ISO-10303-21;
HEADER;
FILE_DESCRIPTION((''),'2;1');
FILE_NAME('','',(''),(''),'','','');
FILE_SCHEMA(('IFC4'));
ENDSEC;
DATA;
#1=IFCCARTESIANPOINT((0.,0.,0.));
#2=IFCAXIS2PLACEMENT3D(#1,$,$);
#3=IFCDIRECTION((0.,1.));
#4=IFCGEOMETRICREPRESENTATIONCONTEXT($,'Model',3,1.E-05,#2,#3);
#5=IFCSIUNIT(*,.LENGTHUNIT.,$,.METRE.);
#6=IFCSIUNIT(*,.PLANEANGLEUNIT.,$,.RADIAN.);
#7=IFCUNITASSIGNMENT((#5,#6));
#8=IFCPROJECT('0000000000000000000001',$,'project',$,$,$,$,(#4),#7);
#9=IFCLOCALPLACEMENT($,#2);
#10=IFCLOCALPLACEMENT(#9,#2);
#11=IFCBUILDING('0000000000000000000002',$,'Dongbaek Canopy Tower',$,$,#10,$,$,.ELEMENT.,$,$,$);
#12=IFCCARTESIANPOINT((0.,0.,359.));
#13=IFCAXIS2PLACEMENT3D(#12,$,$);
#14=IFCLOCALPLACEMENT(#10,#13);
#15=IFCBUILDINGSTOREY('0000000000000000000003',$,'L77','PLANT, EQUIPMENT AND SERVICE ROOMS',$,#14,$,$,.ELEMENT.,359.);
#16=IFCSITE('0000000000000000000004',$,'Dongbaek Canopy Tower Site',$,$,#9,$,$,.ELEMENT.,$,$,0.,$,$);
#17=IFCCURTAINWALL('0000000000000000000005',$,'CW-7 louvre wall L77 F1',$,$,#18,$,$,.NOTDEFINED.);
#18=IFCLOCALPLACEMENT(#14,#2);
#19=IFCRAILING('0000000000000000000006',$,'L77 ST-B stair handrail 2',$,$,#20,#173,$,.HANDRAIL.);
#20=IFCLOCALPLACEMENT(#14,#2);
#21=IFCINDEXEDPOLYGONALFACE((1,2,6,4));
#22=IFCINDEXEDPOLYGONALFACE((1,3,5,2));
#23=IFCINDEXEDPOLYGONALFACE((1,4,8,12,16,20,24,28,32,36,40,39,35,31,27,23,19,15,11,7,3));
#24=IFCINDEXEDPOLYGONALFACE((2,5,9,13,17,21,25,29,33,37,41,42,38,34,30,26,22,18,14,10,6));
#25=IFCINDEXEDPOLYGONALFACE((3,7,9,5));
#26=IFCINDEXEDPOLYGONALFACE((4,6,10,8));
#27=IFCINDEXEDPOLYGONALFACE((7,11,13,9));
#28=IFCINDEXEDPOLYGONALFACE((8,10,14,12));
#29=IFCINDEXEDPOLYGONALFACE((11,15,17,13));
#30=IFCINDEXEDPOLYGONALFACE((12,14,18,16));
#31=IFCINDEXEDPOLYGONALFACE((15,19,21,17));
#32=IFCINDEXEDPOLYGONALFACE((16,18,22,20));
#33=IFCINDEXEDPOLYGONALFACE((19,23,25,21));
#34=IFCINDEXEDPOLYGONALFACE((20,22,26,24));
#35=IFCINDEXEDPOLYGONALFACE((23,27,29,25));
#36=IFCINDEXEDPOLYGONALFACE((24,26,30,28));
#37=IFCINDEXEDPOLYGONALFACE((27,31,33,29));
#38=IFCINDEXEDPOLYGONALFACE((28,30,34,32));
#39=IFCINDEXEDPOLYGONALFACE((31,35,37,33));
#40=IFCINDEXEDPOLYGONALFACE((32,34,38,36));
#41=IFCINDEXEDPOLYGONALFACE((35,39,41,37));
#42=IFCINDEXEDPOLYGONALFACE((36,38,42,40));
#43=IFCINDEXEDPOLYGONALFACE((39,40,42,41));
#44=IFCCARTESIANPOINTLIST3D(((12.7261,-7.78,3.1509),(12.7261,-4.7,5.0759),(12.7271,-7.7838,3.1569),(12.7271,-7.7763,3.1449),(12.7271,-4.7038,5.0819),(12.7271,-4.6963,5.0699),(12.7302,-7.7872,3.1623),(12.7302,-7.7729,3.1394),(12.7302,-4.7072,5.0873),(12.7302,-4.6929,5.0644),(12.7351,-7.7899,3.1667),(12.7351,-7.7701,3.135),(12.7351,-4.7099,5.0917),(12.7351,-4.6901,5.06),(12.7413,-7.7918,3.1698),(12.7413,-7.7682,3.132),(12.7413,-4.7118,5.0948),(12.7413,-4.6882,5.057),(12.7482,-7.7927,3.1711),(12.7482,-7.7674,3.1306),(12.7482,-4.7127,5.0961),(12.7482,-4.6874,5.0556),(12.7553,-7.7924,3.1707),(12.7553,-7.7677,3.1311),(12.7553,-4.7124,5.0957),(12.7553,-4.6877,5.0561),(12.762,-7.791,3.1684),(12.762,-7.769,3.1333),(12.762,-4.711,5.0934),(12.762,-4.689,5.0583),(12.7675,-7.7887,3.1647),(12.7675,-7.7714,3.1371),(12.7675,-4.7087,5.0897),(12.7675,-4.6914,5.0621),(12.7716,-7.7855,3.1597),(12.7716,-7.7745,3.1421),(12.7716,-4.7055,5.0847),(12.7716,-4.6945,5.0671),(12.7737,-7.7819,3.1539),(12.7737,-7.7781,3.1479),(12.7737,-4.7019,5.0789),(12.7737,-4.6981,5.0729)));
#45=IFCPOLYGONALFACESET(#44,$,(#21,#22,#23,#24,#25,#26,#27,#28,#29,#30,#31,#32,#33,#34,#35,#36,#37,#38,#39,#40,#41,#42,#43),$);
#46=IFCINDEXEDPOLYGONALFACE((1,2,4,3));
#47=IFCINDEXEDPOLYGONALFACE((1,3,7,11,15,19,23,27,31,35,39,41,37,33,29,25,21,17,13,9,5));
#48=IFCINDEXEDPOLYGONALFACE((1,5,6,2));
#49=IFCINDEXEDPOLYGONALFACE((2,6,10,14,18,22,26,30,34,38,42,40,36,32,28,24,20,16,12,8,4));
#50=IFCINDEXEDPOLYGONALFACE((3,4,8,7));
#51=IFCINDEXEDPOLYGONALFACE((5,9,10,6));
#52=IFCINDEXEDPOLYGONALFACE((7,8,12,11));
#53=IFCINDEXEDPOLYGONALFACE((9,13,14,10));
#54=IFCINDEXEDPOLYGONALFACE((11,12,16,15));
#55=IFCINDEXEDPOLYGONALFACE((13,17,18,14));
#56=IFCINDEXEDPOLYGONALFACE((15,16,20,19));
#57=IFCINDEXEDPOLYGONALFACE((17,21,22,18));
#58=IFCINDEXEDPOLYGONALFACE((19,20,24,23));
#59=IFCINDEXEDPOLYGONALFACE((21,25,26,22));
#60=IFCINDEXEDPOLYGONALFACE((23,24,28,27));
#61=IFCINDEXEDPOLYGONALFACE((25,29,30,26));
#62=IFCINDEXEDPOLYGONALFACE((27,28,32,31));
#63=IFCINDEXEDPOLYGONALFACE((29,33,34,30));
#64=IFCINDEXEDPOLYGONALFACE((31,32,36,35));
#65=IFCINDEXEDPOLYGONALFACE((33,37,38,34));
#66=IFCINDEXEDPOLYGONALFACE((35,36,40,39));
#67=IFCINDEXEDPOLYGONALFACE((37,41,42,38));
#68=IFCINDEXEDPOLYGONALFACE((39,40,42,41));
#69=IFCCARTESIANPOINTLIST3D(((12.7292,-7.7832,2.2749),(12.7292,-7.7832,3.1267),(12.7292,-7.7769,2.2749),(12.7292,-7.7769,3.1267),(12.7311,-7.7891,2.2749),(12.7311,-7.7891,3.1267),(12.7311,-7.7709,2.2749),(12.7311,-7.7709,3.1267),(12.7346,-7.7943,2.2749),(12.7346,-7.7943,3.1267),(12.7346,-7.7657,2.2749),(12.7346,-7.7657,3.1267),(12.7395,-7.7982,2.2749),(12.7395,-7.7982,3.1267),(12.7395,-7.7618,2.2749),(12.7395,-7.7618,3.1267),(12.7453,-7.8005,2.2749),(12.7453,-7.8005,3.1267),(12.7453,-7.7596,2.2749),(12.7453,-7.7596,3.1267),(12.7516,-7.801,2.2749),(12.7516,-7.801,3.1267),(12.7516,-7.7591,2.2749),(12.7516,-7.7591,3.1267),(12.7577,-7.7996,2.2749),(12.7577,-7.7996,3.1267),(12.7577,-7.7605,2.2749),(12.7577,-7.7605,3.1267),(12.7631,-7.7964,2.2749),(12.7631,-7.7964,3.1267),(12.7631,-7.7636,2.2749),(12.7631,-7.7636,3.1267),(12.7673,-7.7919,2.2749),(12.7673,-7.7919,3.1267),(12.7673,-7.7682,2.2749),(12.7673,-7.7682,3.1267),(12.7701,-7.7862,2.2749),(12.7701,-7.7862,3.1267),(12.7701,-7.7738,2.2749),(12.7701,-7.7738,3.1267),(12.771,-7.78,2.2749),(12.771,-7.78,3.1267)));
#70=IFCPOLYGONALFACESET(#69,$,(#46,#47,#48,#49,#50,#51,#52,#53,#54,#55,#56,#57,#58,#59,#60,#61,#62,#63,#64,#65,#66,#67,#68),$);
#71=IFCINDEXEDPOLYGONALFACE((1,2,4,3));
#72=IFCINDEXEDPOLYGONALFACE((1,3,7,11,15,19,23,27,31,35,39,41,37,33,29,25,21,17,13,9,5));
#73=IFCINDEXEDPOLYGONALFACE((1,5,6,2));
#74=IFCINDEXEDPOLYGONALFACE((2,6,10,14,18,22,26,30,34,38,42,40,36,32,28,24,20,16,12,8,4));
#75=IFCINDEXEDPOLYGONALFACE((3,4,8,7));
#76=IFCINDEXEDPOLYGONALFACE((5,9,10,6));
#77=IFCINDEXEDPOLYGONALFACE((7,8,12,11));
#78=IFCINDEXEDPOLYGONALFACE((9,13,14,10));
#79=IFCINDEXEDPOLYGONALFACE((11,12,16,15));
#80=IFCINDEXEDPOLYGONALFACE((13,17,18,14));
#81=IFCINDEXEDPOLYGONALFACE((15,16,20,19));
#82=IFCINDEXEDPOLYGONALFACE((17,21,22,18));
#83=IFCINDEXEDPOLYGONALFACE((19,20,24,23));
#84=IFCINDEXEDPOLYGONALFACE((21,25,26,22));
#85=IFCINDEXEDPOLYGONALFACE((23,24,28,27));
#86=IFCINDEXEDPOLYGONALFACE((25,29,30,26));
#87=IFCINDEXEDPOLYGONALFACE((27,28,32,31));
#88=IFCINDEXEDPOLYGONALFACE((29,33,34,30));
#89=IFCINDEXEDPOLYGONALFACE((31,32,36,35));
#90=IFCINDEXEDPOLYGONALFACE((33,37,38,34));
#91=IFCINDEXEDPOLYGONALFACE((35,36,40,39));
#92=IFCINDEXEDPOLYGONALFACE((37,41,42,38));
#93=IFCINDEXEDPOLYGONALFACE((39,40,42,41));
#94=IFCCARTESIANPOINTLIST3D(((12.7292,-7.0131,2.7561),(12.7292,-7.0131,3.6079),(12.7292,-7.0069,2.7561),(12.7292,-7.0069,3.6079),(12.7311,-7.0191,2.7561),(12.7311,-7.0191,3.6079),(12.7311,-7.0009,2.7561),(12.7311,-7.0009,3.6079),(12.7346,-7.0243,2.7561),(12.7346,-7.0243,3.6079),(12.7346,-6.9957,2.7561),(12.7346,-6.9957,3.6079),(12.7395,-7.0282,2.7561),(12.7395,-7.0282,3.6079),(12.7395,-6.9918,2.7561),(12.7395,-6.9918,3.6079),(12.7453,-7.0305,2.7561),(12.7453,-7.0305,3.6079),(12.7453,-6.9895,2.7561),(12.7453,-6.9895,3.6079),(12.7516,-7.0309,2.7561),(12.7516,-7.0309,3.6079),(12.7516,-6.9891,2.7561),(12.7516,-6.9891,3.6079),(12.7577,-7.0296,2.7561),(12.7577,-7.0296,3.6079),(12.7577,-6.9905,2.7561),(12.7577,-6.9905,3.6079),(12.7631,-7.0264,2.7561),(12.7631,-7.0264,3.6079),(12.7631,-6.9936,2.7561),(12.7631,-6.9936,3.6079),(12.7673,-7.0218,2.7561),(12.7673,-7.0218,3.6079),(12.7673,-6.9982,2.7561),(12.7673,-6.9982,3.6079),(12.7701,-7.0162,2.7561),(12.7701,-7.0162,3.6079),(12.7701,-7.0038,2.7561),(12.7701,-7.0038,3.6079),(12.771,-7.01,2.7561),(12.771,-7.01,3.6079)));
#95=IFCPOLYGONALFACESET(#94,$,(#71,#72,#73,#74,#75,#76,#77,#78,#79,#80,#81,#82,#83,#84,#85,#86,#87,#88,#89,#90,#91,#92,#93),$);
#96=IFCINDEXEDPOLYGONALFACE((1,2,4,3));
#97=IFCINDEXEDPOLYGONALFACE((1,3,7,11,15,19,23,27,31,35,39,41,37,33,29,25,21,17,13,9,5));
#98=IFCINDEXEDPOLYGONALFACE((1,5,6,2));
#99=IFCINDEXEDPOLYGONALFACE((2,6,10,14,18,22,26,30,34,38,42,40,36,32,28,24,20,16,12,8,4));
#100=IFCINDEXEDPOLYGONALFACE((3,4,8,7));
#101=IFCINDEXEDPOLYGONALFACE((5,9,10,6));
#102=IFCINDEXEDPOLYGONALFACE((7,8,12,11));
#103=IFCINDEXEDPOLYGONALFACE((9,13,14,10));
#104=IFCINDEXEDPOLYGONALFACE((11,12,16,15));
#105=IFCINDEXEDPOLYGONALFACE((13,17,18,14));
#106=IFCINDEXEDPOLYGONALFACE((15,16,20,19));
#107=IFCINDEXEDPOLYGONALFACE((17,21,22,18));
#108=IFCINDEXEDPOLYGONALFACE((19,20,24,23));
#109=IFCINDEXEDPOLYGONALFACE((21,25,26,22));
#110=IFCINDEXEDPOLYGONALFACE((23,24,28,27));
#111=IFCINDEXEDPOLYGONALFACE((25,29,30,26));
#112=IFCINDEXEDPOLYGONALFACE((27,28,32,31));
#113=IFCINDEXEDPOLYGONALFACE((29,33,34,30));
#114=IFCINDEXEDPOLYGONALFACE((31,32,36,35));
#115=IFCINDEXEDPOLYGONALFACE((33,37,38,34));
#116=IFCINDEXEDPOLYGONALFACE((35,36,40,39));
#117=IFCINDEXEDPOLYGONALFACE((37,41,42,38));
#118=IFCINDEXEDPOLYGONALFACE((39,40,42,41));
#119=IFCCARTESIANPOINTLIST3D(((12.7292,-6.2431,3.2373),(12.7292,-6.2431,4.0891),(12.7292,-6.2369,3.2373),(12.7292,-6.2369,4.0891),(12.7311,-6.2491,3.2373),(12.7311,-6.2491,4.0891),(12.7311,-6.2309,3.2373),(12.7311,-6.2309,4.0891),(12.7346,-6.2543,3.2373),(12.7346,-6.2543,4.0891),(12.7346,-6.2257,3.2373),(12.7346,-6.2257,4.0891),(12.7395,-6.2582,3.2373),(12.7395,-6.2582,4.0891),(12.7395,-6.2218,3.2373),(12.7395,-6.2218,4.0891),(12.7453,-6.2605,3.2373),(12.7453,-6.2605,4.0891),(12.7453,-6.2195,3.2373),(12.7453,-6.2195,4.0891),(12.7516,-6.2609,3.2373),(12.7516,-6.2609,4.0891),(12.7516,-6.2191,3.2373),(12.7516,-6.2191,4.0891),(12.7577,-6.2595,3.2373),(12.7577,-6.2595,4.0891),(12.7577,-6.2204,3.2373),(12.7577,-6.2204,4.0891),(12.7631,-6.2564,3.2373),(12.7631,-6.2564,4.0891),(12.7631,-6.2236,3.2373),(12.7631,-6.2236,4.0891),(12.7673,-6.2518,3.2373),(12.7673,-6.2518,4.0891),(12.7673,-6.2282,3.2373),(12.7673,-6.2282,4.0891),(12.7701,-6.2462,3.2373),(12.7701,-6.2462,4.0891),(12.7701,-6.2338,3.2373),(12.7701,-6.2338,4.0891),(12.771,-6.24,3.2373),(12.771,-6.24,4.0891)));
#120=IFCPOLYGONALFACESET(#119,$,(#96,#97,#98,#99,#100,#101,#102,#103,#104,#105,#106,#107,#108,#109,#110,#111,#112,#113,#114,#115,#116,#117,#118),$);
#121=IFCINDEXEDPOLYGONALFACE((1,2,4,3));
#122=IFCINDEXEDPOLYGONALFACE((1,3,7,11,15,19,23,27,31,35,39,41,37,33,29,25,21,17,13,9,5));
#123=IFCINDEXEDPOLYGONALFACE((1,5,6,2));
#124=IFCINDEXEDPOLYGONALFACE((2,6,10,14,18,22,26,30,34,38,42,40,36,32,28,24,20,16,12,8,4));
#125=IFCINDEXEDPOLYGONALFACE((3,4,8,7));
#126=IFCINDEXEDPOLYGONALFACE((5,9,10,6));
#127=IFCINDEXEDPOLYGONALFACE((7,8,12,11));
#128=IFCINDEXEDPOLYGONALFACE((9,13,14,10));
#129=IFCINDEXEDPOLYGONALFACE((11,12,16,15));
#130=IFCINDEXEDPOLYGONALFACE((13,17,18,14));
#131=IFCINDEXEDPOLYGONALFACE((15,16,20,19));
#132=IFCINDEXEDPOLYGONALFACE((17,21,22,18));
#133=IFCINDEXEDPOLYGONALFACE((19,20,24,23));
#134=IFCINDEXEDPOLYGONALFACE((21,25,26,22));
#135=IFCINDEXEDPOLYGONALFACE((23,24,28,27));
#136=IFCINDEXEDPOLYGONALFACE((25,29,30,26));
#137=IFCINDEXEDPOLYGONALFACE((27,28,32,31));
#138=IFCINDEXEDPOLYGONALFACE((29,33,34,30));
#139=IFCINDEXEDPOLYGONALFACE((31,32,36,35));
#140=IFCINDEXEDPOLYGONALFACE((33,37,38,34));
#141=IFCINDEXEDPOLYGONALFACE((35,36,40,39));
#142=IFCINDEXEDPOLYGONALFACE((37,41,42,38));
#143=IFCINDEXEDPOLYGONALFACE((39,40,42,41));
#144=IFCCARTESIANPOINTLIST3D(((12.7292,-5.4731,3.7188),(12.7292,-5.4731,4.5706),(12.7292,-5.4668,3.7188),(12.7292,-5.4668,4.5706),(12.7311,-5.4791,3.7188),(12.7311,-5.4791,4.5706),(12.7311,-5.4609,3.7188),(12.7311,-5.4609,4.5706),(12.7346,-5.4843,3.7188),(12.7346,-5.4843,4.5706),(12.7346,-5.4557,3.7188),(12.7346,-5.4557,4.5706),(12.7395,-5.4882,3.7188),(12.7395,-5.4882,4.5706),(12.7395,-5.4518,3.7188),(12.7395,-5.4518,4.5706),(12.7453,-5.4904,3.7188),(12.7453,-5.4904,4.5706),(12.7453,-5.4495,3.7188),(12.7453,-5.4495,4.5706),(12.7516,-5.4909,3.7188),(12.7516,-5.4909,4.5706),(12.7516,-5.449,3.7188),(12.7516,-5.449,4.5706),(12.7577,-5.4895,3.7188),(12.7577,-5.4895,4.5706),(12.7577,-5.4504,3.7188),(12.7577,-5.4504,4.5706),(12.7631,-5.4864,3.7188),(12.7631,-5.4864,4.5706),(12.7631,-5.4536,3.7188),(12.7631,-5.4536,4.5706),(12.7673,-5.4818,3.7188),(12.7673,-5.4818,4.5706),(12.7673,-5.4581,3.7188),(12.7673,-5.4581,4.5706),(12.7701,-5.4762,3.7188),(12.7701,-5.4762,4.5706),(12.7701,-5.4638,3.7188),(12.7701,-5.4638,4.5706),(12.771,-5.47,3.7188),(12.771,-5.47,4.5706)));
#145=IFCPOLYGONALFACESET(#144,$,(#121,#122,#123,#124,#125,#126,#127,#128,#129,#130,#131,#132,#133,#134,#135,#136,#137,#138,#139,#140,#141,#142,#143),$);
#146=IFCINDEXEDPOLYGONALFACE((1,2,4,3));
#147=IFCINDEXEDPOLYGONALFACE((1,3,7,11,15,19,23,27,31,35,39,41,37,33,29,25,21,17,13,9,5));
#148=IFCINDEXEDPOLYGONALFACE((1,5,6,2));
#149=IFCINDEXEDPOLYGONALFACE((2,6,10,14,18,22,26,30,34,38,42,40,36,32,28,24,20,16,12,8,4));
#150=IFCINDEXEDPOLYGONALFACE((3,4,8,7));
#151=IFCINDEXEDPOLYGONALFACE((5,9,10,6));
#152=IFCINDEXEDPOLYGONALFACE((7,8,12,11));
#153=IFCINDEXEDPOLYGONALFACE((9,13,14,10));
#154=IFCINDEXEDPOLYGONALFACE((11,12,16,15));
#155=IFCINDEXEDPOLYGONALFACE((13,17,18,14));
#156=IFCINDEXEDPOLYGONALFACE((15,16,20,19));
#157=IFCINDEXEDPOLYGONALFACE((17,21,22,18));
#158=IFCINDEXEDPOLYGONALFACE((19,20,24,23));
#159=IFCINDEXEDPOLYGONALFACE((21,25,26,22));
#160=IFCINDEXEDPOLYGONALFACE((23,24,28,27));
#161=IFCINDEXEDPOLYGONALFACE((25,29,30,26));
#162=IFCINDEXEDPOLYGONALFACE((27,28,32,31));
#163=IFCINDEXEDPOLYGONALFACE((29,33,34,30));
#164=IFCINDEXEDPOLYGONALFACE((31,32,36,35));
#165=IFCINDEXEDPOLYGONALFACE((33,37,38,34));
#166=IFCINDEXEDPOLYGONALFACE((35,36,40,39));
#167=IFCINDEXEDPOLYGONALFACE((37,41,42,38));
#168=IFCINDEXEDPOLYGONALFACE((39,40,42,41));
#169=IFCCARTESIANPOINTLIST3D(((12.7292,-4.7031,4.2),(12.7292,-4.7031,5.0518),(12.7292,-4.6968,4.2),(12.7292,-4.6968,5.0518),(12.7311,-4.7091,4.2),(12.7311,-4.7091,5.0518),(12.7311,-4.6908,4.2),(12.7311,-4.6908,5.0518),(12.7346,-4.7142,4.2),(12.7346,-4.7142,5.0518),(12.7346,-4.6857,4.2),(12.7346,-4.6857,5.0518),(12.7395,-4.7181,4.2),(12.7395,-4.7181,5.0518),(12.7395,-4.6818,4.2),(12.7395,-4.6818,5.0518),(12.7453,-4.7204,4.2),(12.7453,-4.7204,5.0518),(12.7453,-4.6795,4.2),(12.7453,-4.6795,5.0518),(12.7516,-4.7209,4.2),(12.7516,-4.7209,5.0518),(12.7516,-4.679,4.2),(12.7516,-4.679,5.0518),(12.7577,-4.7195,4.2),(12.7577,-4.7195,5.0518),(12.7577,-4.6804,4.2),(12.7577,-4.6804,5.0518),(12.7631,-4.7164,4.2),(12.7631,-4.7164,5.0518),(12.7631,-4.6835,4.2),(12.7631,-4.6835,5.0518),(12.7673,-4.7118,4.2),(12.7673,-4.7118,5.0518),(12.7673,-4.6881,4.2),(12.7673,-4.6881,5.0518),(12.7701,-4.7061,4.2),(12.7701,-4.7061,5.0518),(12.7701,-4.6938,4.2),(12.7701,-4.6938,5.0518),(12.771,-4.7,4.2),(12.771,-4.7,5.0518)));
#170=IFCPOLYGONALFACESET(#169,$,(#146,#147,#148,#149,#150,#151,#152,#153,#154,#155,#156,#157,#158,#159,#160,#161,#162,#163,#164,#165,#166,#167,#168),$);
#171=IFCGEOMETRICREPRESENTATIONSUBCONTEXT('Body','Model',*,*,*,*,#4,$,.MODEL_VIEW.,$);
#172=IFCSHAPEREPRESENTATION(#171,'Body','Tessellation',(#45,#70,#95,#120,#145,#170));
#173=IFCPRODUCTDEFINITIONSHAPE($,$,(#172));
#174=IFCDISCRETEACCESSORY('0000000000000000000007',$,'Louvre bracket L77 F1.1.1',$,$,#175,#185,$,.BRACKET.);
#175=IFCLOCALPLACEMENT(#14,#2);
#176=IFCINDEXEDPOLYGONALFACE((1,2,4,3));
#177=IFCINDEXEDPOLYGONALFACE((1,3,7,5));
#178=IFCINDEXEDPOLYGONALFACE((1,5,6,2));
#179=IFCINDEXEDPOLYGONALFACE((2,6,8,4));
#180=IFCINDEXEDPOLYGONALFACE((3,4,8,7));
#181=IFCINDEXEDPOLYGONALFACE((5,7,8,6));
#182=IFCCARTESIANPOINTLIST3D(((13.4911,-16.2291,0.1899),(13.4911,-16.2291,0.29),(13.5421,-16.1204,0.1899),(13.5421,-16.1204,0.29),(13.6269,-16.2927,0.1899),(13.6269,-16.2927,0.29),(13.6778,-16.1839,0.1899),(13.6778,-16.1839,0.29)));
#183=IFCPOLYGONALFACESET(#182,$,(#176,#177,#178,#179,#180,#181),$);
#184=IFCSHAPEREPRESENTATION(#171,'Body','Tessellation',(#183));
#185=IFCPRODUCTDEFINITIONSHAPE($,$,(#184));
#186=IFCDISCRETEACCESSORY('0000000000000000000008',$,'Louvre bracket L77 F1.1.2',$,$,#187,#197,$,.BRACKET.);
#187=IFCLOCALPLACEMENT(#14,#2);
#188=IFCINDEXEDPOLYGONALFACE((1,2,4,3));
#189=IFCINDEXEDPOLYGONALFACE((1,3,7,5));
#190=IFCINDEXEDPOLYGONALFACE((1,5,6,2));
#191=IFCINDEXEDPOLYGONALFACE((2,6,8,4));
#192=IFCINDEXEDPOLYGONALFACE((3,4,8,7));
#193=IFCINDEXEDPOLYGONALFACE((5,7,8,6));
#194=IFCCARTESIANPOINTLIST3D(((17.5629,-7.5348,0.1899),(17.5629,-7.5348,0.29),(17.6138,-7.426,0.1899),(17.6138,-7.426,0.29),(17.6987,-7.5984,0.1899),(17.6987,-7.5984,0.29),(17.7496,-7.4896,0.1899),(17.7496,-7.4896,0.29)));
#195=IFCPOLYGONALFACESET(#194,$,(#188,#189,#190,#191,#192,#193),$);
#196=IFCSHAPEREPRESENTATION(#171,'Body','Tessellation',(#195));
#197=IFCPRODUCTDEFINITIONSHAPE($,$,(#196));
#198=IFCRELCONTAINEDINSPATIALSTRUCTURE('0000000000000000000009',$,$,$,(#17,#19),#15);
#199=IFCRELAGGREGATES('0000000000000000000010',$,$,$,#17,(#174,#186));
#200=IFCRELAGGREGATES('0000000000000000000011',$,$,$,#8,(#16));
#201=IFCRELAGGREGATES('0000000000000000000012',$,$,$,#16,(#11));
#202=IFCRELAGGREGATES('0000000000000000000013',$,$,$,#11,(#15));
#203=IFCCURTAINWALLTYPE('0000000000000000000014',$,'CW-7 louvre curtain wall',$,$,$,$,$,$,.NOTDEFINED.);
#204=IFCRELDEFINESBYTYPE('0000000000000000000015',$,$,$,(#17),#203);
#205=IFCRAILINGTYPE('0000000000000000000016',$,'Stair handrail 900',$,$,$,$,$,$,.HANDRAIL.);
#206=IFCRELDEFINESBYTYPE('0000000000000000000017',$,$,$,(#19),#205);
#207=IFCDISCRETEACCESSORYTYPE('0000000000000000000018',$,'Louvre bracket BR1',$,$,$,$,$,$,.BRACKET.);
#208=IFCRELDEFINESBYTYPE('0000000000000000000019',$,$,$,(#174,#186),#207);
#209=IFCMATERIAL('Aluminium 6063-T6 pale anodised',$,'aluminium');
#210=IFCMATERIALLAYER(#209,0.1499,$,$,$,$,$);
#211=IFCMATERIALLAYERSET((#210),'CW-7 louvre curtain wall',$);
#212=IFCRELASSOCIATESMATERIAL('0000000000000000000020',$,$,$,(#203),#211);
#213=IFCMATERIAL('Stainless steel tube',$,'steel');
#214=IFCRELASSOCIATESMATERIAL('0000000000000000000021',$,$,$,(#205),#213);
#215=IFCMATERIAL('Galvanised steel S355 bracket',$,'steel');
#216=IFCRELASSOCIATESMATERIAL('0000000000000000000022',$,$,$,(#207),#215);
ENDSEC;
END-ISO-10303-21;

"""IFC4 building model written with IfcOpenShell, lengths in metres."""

from ifc_helpers import new_model, si_unit, direction, frame, origin, origin_2d, place, context, subcontext, project, spatial, rectangle, circle, extrude, material, layer, layer_set, type_object, element, aggregate, save


model = new_model("IFC4")

# Units and contexts
model_context = context("Model", 3, precision=1e-05, world=origin(), true_north=direction((0.0, 1.0)))
body_context = subcontext(model_context, "Body", "Model", "MODEL_VIEW")
ifc_project = project(units=[si_unit("LENGTHUNIT", "METRE"), si_unit("PLANEANGLEUNIT", "RADIAN")], contexts=[model_context])

# Site, building, storey
site_placement = place(None, origin())
site = spatial("IfcSite", under=ifc_project, at=site_placement, Name="Dongbaek Canopy Tower Site", CompositionType="ELEMENT", RefElevation=0.0)
building_placement = place(site_placement, origin())
building = spatial("IfcBuilding", under=site, at=building_placement, Name="Dongbaek Canopy Tower", CompositionType="ELEMENT")
storey_placement = place(building_placement, frame((0.0, 0.0, 359.0)))
storey = spatial("IfcBuildingStorey", under=building, at=storey_placement, Name="L77", Description="PLANT, EQUIPMENT AND SERVICE ROOMS", CompositionType="ELEMENT", Elevation=359.0)

# Shared definitions
ifc_material_1 = material(Name="Aluminium 6063-T6 pale anodised", Category="aluminium")
ifc_layer_1 = layer(ifc_material_1, 0.1499)
ifc_layer_set_1 = layer_set([ifc_layer_1], Name="CW-7 louvre curtain wall")
curtain_wall_type = type_object("IfcCurtainWallType", Name="CW-7 louvre curtain wall", PredefinedType="NOTDEFINED", material=ifc_layer_set_1)

# Curtain wall
curtain_wall_1_placement = place(storey_placement, origin())
curtain_wall_1 = element("IfcCurtainWall", 1, at=curtain_wall_1_placement, inside=storey, type_object=curtain_wall_type, Name="CW-7 louvre wall L77 F1", PredefinedType="NOTDEFINED")

# Railing
ifc_material_2 = material(Name="Stainless steel tube", Category="steel")
railing_type_1 = type_object("IfcRailingType", Name="Stair handrail 900", PredefinedType="HANDRAIL", material=ifc_material_2)
railing_1_placement = place(storey_placement, frame((12.75, -7.78, 2.2749)))
element("IfcRailing", 2, at=railing_1_placement, inside=storey, type_object=railing_type_1, Name="L77 ST-B stair handrail 2", PredefinedType="HANDRAIL", context=body_context, shape_type="SweptSolid", body=[
    extrude(circle(Radius=0.0239, at=origin_2d()), frame((0.0, 0.0, 0.876), z_axis=(0.0, 0.847998, 0.529999), x_axis=(-1.0, 0.0, 0.0)), (0.0, 0.0, 1.0), 3.6321),
    extrude(circle(Radius=0.021, at=origin_2d()), origin(), (0.0, 0.0, 1.0), 0.8518),
    extrude(circle(Radius=0.021, at=origin_2d()), frame((0.0, 0.77, 0.4812)), (0.0, 0.0, 1.0), 0.8518),
    extrude(circle(Radius=0.021, at=origin_2d()), frame((0.0, 1.54, 0.9624)), (0.0, 0.0, 1.0), 0.8518),
    extrude(circle(Radius=0.021, at=origin_2d()), frame((0.0, 2.3101, 1.4438)), (0.0, 0.0, 1.0), 0.8518),
    extrude(circle(Radius=0.021, at=origin_2d()), frame((0.0, 3.0801, 1.925)), (0.0, 0.0, 1.0), 0.8518),
])

# Discrete accessories
ifc_material_3 = material(Name="Galvanised steel S355 bracket", Category="steel")
discrete_accessory_type = type_object("IfcDiscreteAccessoryType", Name="Louvre bracket BR1", PredefinedType="BRACKET", material=ifc_material_3)
discrete_accessory_1_placement = place(storey_placement, frame((13.5845, -16.2065, 0.1899), z_axis=(0.0, 0.0, 1.0), x_axis=(0.424123, 0.905605, 0.0)))
discrete_accessory_1 = element("IfcDiscreteAccessory", 3, at=discrete_accessory_1_placement, type_object=discrete_accessory_type, Name="Louvre bracket L77 F1.1.1", PredefinedType="BRACKET", context=body_context, shape_type="SweptSolid", body=[
    extrude(rectangle(XDim=0.1201, YDim=0.1499, at=origin_2d()), origin(), (0.0, 0.0, 1.0), 0.1001),
])
discrete_accessory_2_placement = place(storey_placement, frame((17.6562, -7.5122, 0.1899), z_axis=(0.0, 0.0, 1.0), x_axis=(0.424123, 0.905605, 0.0)))
discrete_accessory_2 = element("IfcDiscreteAccessory", 4, at=discrete_accessory_2_placement, type_object=discrete_accessory_type, Name="Louvre bracket L77 F1.1.2", PredefinedType="BRACKET", context=body_context, shape_type="SweptSolid", body=[
    extrude(rectangle(XDim=0.1201, YDim=0.1499, at=origin_2d()), origin(), (0.0, 0.0, 1.0), 0.1001),
])
aggregate(curtain_wall_1, [discrete_accessory_1, discrete_accessory_2])

save(model, "model.ifc")
